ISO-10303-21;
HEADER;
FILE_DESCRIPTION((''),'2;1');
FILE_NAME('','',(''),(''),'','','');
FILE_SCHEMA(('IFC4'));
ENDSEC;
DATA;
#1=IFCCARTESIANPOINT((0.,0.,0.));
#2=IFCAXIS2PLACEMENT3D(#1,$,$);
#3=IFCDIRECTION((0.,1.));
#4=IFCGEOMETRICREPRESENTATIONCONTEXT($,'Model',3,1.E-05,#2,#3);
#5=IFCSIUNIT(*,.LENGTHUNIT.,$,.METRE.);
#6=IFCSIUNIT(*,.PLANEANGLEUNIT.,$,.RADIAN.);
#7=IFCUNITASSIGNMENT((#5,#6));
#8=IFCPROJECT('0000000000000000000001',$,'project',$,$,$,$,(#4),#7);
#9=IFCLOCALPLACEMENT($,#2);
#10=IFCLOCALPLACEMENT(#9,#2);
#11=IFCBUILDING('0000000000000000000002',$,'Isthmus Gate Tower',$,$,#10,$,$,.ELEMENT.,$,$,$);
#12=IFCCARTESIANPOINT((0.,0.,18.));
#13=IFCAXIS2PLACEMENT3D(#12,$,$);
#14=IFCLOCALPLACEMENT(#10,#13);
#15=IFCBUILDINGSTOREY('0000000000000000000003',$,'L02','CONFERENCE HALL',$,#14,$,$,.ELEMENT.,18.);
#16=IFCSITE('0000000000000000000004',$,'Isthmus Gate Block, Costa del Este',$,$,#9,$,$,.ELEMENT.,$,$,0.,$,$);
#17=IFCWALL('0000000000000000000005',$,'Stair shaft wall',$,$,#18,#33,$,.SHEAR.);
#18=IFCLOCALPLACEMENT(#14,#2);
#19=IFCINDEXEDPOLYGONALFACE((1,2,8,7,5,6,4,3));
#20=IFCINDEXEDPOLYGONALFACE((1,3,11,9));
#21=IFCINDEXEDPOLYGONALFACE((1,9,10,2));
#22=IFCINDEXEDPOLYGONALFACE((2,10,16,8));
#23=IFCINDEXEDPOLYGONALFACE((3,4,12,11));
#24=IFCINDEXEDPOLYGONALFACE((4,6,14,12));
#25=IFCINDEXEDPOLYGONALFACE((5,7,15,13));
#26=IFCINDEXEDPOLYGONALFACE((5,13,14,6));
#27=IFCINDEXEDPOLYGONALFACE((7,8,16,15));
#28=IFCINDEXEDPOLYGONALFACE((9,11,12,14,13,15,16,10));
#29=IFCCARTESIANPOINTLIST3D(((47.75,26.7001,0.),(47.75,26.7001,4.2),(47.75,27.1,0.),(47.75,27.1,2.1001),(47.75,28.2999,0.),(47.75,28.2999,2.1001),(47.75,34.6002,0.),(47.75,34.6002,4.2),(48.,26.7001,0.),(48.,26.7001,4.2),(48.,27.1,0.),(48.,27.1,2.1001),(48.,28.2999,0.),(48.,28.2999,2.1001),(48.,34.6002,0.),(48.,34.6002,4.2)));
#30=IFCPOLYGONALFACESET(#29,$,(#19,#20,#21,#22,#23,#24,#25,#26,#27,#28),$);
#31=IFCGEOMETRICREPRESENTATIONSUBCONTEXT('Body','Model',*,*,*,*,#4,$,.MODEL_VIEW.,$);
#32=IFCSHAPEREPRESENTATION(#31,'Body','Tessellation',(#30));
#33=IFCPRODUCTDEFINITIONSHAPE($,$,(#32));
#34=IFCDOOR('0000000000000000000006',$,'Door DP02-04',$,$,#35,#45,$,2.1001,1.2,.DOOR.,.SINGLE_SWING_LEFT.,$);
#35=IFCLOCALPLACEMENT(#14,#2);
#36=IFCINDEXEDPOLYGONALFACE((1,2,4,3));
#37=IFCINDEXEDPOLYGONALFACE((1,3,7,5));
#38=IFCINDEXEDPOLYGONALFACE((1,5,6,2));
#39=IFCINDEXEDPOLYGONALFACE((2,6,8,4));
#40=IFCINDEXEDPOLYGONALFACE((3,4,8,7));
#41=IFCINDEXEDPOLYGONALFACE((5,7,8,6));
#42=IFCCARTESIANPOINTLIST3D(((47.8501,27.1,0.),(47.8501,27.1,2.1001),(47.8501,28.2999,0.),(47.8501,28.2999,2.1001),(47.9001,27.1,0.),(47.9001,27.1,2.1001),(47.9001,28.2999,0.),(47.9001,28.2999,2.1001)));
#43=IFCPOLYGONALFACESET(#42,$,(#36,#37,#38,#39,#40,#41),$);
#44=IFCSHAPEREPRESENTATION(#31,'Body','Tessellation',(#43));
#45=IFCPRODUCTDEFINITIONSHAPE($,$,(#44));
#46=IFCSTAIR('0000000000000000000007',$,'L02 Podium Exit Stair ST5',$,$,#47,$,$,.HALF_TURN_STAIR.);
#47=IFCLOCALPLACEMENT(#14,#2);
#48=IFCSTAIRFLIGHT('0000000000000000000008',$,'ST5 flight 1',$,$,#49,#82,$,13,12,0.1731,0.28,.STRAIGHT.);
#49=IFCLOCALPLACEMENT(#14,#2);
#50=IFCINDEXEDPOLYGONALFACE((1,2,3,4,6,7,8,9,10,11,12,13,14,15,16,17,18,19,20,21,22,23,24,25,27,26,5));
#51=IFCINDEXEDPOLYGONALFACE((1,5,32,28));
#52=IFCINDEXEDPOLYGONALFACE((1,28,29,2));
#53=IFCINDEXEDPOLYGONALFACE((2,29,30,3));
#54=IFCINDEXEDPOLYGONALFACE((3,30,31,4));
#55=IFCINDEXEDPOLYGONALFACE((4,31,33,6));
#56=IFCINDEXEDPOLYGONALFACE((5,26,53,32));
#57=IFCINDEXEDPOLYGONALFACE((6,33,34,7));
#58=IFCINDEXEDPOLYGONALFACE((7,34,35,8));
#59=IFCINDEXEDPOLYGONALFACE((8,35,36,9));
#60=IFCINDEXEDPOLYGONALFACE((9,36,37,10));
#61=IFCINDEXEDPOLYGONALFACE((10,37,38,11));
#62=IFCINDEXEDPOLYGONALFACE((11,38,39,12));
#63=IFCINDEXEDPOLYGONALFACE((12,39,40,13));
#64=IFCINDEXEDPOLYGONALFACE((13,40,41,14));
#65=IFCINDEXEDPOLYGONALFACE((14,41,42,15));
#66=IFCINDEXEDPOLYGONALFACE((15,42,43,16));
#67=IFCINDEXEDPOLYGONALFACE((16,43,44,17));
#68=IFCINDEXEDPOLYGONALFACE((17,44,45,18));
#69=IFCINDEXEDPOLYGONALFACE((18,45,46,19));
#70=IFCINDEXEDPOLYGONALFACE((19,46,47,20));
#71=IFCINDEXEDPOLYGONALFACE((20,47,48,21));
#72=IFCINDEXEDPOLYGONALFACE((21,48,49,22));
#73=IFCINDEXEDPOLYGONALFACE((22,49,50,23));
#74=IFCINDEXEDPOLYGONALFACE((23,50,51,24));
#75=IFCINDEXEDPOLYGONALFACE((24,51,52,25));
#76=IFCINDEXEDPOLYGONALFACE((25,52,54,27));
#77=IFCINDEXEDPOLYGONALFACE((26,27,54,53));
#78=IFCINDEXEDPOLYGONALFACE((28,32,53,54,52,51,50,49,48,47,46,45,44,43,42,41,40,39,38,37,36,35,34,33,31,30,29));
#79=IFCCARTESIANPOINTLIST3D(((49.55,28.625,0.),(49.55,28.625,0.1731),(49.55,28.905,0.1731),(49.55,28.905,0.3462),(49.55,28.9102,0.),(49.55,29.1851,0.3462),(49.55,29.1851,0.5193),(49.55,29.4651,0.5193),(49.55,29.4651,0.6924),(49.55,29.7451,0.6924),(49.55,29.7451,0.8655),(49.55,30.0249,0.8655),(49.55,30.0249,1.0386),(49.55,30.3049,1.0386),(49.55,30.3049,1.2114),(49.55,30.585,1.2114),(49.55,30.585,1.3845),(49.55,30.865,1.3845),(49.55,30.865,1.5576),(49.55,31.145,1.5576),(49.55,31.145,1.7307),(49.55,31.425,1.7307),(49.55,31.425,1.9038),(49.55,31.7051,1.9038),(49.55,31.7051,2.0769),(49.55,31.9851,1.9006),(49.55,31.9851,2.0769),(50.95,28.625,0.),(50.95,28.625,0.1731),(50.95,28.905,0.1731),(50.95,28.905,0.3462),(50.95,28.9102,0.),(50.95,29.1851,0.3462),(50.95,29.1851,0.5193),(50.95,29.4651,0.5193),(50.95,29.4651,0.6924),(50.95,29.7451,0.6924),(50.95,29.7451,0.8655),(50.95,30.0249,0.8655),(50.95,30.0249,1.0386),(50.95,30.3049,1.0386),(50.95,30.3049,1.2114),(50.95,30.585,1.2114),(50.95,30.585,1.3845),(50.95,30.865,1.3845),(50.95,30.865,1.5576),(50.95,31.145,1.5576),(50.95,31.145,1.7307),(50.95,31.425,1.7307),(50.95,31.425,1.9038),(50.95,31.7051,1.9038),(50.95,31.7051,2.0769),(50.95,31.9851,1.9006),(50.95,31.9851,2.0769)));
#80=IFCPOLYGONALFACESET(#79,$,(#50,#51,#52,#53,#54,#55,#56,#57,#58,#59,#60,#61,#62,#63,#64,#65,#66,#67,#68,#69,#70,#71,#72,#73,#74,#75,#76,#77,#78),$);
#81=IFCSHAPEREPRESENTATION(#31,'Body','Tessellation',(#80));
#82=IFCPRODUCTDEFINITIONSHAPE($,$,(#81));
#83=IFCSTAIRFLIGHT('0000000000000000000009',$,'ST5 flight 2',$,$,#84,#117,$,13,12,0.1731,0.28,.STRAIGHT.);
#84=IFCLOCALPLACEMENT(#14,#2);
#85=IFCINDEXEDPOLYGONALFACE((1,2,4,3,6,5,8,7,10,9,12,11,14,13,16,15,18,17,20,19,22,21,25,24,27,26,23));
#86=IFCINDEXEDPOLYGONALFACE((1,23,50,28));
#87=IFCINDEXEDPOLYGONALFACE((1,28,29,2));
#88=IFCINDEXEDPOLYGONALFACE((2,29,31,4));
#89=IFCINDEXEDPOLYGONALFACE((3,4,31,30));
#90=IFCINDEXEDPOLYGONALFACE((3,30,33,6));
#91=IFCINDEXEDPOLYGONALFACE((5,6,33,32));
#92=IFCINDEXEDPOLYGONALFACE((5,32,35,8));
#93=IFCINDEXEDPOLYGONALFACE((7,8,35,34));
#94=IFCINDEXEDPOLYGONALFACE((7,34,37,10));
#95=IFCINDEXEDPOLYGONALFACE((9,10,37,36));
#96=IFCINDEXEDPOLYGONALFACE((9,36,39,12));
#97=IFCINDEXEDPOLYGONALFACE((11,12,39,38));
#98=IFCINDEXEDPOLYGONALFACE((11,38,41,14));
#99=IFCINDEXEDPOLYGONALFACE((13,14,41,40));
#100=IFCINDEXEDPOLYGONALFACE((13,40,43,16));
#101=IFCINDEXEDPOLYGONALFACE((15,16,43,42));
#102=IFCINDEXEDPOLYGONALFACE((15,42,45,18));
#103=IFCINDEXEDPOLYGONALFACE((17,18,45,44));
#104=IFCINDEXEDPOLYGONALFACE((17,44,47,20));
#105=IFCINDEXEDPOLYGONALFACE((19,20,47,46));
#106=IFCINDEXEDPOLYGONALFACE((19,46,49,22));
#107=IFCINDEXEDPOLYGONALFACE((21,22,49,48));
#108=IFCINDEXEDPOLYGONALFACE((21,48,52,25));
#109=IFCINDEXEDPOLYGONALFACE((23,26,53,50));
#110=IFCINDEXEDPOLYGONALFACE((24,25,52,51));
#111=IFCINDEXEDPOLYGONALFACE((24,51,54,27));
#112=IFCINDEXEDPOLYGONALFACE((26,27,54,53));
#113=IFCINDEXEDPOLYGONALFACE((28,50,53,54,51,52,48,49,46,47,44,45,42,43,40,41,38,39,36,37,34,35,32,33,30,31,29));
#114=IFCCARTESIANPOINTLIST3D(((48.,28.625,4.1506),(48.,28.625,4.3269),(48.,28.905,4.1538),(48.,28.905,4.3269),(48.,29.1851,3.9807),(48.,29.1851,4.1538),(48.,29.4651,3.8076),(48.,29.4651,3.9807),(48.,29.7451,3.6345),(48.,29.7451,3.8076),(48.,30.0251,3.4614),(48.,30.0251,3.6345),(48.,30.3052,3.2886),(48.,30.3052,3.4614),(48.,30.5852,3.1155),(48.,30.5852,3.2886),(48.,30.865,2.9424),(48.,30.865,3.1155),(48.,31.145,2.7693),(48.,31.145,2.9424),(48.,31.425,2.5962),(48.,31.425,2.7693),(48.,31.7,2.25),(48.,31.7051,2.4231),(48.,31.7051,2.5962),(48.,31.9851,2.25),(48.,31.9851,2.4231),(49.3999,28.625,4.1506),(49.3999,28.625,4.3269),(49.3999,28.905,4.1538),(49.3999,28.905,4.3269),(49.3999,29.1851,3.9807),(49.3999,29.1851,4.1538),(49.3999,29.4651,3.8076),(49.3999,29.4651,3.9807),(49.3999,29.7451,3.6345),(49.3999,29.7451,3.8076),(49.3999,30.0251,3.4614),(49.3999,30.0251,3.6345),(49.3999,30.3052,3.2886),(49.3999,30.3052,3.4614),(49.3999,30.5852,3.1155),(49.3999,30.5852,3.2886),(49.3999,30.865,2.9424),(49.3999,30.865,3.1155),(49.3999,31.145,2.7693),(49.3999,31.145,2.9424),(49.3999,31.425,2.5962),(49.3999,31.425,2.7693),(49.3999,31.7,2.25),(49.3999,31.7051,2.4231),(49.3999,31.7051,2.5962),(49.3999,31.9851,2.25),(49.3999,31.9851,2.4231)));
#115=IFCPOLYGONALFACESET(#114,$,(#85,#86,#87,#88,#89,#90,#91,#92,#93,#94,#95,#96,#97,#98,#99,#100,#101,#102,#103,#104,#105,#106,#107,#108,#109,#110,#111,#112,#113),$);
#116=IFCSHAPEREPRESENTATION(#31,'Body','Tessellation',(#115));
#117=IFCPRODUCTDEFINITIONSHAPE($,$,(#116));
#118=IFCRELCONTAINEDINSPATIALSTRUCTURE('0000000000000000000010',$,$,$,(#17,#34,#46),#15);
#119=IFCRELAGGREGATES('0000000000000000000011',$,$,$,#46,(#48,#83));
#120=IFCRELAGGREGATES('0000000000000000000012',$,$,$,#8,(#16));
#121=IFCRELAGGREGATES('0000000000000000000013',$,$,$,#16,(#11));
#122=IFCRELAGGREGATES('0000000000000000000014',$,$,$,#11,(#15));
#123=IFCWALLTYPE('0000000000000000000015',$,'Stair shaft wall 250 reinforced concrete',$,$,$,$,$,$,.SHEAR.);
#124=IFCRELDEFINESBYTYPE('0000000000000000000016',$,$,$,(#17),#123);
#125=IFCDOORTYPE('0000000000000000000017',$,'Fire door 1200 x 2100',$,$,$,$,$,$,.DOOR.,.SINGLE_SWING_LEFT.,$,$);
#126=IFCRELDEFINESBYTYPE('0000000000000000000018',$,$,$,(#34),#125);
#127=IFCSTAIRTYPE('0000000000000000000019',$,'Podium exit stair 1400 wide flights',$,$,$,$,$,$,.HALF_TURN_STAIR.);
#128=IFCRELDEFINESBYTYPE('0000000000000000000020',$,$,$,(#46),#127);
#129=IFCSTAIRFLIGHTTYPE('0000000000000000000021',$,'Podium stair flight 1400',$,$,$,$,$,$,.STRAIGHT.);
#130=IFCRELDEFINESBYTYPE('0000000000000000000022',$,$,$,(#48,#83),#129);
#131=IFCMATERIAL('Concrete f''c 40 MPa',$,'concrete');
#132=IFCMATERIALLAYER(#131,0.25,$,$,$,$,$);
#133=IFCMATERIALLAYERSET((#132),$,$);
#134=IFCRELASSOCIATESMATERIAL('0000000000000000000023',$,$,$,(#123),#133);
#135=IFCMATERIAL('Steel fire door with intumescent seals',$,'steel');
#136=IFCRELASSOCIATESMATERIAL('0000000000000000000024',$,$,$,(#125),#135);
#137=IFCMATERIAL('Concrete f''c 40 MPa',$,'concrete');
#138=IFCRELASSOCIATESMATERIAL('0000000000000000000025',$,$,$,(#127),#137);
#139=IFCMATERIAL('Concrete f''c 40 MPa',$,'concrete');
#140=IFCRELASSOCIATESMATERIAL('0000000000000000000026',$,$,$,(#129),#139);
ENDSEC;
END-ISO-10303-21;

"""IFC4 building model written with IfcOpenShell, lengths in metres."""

from ifc_helpers import new_model, si_unit, direction, frame, frame_2d, origin, place, context, subcontext, project, spatial, polyline, rectangle, outline, extrude, material, layer, layer_set, type_object, element, fill, aggregate, save


model = new_model("IFC4")

# Units and contexts
model_context = context("Model", 3, precision=1e-05, world=origin(), true_north=direction((0.0, 1.0)))
body_context = subcontext(model_context, "Body", "Model", "MODEL_VIEW")
ifc_project = project(units=[si_unit("LENGTHUNIT", "METRE"), si_unit("PLANEANGLEUNIT", "RADIAN")], contexts=[model_context])

# Site, building, storey
site_placement = place(None, origin())
site = spatial("IfcSite", under=ifc_project, at=site_placement, Name="Isthmus Gate Block, Costa del Este", CompositionType="ELEMENT", RefElevation=0.0)
building_placement = place(site_placement, origin())
building = spatial("IfcBuilding", under=site, at=building_placement, Name="Isthmus Gate Tower", CompositionType="ELEMENT")
storey_placement = place(building_placement, frame((0.0, 0.0, 18.0)))
storey = spatial("IfcBuildingStorey", under=building, at=storey_placement, Name="L02", Description="CONFERENCE HALL", CompositionType="ELEMENT", Elevation=18.0)

# Shared definitions
ifc_material_1 = material(Name="Concrete f'c 40 MPa", Category="concrete")
ifc_layer_1 = layer(ifc_material_1, 0.25)
ifc_layer_set_1 = layer_set([ifc_layer_1])
wall_type_1 = type_object("IfcWallType", Name="Stair shaft wall 250 reinforced concrete", PredefinedType="SHEAR", material=ifc_layer_set_1)

# Wall, opening, door
wall_1_placement = place(storey_placement, frame((47.875, 26.7, 0.0), z_axis=(0.0, 0.0, 1.0), x_axis=(0.0, 1.0, 0.0)))
wall_1 = element("IfcWall", 1, at=wall_1_placement, inside=storey, type_object=wall_type_1, Name="Stair shaft wall", PredefinedType="SHEAR", context=body_context, shape_type="SweptSolid", body=[
    extrude(rectangle(XDim=7.9001, YDim=0.25, at=frame_2d((3.9502, 0.0))), origin(), (0.0, 0.0, 1.0), 4.2),
])
opening_1_placement = place(wall_1_placement, frame((0.3999, 0.0, 0.0)))
opening_1 = element("IfcOpeningElement", 2, at=opening_1_placement, cuts=wall_1, PredefinedType="OPENING", context=body_context, shape_type="SweptSolid", body=[
    extrude(rectangle(XDim=1.2, YDim=2.1001, at=frame_2d((0.6001, 1.05))), frame((0.0, 0.135, 0.0), z_axis=(0.0, -1.0, 0.0), x_axis=(1.0, 0.0, 0.0)), (0.0, 0.0, 1.0), 0.27),
])
ifc_material_2 = material(Name="Steel fire door with intumescent seals", Category="steel")
door_type = type_object("IfcDoorType", Name="Fire door 1200 x 2100", OperationType="SINGLE_SWING_LEFT", PredefinedType="DOOR", material=ifc_material_2)
door_placement = place(opening_1_placement, origin())
door = element("IfcDoor", 3, at=door_placement, inside=storey, type_object=door_type, Name="Door DP02-04", OperationType="SINGLE_SWING_LEFT", OverallHeight=2.1001, OverallWidth=1.2, PredefinedType="DOOR", context=body_context, shape_type="SweptSolid", body=[
    extrude(rectangle(XDim=1.2, YDim=2.1001, at=frame_2d((0.6001, 1.05))), frame((0.0, 0.0249, 0.0), z_axis=(0.0, -1.0, 0.0), x_axis=(1.0, 0.0, 0.0)), (0.0, 0.0, 1.0), 0.05),
])
fill(opening_1, door)

# Stair, stair flights
ifc_material_3 = material(Name="Concrete f'c 40 MPa", Category="concrete")
stair_type = type_object("IfcStairType", Name="Podium exit stair 1400 wide flights", PredefinedType="HALF_TURN_STAIR", material=ifc_material_3)
stair_placement = place(storey_placement, origin())
stair = element("IfcStair", 4, at=stair_placement, inside=storey, type_object=stair_type, Name="L02 Podium Exit Stair ST5", PredefinedType="HALF_TURN_STAIR")
ifc_material_4 = material(Name="Concrete f'c 40 MPa", Category="concrete")
stair_flight_type = type_object("IfcStairFlightType", Name="Podium stair flight 1400", PredefinedType="STRAIGHT", material=ifc_material_4)
stair_flight_1_placement = place(storey_placement, frame((50.25, 28.625, 0.0), z_axis=(0.0, 0.0, 1.0), x_axis=(0.0, 1.0, 0.0)))
stair_flight_1 = element("IfcStairFlight", 5, at=stair_flight_1_placement, type_object=stair_flight_type, Name="ST5 flight 1", NumberOfRisers=13, NumberOfTreads=12, PredefinedType="STRAIGHT", RiserHeight=0.1731, TreadLength=0.28, context=body_context, shape_type="SweptSolid", body=[
    extrude(outline(polyline([(0.0, 0.0), (0.0, 0.1731), (0.28, 0.1731), (0.28, 0.3462), (0.5601, 0.3462), (0.5601, 0.5193), (0.8401, 0.5193), (0.8401, 0.6924), (1.1201, 0.6924), (1.1201, 0.8655), (1.3999, 0.8655), (1.3999, 1.0386), (1.6799, 1.0386), (1.6799, 1.2114), (1.96, 1.2114), (1.96, 1.3845), (2.24, 1.3845), (2.24, 1.5576), (2.52, 1.5576), (2.52, 1.7307), (2.8, 1.7307), (2.8, 1.9038), (3.0801, 1.9038), (3.0801, 2.0769), (3.3601, 2.0769), (3.3601, 2.25), (3.3601, 1.9006), (0.2852, 0.0), (0.0, 0.0)])), frame((0.0, 0.7, 0.0), z_axis=(0.0, -1.0, 0.0), x_axis=(1.0, 0.0, 0.0)), (0.0, 0.0, 1.0), 1.3999),
])
stair_flight_2_placement = place(storey_placement, frame((48.7, 31.9851, 2.25), z_axis=(0.0, 0.0, 1.0), x_axis=(0.0, -1.0, 0.0)))
stair_flight_2 = element("IfcStairFlight", 6, at=stair_flight_2_placement, type_object=stair_flight_type, Name="ST5 flight 2", NumberOfRisers=13, NumberOfTreads=12, PredefinedType="STRAIGHT", RiserHeight=0.1731, TreadLength=0.28, context=body_context, shape_type="SweptSolid", body=[
    extrude(outline(polyline([(0.0, 0.0), (0.0, 0.1731), (0.28, 0.1731), (0.28, 0.3462), (0.5601, 0.3462), (0.5601, 0.5193), (0.8401, 0.5193), (0.8401, 0.6924), (1.1201, 0.6924), (1.1201, 0.8655), (1.3999, 0.8655), (1.3999, 1.0386), (1.6799, 1.0386), (1.6799, 1.2114), (1.96, 1.2114), (1.96, 1.3845), (2.24, 1.3845), (2.24, 1.5576), (2.52, 1.5576), (2.52, 1.7307), (2.8, 1.7307), (2.8, 1.9038), (3.0801, 1.9038), (3.0801, 2.0769), (3.3601, 2.0769), (3.3601, 2.25), (3.3601, 1.9006), (0.2852, 0.0), (0.0, 0.0)])), frame((0.0, 0.7, 0.0), z_axis=(0.0, -1.0, 0.0), x_axis=(1.0, 0.0, 0.0)), (0.0, 0.0, 1.0), 1.3999),
])
aggregate(stair, [stair_flight_1, stair_flight_2])

save(model, "model.ifc")
